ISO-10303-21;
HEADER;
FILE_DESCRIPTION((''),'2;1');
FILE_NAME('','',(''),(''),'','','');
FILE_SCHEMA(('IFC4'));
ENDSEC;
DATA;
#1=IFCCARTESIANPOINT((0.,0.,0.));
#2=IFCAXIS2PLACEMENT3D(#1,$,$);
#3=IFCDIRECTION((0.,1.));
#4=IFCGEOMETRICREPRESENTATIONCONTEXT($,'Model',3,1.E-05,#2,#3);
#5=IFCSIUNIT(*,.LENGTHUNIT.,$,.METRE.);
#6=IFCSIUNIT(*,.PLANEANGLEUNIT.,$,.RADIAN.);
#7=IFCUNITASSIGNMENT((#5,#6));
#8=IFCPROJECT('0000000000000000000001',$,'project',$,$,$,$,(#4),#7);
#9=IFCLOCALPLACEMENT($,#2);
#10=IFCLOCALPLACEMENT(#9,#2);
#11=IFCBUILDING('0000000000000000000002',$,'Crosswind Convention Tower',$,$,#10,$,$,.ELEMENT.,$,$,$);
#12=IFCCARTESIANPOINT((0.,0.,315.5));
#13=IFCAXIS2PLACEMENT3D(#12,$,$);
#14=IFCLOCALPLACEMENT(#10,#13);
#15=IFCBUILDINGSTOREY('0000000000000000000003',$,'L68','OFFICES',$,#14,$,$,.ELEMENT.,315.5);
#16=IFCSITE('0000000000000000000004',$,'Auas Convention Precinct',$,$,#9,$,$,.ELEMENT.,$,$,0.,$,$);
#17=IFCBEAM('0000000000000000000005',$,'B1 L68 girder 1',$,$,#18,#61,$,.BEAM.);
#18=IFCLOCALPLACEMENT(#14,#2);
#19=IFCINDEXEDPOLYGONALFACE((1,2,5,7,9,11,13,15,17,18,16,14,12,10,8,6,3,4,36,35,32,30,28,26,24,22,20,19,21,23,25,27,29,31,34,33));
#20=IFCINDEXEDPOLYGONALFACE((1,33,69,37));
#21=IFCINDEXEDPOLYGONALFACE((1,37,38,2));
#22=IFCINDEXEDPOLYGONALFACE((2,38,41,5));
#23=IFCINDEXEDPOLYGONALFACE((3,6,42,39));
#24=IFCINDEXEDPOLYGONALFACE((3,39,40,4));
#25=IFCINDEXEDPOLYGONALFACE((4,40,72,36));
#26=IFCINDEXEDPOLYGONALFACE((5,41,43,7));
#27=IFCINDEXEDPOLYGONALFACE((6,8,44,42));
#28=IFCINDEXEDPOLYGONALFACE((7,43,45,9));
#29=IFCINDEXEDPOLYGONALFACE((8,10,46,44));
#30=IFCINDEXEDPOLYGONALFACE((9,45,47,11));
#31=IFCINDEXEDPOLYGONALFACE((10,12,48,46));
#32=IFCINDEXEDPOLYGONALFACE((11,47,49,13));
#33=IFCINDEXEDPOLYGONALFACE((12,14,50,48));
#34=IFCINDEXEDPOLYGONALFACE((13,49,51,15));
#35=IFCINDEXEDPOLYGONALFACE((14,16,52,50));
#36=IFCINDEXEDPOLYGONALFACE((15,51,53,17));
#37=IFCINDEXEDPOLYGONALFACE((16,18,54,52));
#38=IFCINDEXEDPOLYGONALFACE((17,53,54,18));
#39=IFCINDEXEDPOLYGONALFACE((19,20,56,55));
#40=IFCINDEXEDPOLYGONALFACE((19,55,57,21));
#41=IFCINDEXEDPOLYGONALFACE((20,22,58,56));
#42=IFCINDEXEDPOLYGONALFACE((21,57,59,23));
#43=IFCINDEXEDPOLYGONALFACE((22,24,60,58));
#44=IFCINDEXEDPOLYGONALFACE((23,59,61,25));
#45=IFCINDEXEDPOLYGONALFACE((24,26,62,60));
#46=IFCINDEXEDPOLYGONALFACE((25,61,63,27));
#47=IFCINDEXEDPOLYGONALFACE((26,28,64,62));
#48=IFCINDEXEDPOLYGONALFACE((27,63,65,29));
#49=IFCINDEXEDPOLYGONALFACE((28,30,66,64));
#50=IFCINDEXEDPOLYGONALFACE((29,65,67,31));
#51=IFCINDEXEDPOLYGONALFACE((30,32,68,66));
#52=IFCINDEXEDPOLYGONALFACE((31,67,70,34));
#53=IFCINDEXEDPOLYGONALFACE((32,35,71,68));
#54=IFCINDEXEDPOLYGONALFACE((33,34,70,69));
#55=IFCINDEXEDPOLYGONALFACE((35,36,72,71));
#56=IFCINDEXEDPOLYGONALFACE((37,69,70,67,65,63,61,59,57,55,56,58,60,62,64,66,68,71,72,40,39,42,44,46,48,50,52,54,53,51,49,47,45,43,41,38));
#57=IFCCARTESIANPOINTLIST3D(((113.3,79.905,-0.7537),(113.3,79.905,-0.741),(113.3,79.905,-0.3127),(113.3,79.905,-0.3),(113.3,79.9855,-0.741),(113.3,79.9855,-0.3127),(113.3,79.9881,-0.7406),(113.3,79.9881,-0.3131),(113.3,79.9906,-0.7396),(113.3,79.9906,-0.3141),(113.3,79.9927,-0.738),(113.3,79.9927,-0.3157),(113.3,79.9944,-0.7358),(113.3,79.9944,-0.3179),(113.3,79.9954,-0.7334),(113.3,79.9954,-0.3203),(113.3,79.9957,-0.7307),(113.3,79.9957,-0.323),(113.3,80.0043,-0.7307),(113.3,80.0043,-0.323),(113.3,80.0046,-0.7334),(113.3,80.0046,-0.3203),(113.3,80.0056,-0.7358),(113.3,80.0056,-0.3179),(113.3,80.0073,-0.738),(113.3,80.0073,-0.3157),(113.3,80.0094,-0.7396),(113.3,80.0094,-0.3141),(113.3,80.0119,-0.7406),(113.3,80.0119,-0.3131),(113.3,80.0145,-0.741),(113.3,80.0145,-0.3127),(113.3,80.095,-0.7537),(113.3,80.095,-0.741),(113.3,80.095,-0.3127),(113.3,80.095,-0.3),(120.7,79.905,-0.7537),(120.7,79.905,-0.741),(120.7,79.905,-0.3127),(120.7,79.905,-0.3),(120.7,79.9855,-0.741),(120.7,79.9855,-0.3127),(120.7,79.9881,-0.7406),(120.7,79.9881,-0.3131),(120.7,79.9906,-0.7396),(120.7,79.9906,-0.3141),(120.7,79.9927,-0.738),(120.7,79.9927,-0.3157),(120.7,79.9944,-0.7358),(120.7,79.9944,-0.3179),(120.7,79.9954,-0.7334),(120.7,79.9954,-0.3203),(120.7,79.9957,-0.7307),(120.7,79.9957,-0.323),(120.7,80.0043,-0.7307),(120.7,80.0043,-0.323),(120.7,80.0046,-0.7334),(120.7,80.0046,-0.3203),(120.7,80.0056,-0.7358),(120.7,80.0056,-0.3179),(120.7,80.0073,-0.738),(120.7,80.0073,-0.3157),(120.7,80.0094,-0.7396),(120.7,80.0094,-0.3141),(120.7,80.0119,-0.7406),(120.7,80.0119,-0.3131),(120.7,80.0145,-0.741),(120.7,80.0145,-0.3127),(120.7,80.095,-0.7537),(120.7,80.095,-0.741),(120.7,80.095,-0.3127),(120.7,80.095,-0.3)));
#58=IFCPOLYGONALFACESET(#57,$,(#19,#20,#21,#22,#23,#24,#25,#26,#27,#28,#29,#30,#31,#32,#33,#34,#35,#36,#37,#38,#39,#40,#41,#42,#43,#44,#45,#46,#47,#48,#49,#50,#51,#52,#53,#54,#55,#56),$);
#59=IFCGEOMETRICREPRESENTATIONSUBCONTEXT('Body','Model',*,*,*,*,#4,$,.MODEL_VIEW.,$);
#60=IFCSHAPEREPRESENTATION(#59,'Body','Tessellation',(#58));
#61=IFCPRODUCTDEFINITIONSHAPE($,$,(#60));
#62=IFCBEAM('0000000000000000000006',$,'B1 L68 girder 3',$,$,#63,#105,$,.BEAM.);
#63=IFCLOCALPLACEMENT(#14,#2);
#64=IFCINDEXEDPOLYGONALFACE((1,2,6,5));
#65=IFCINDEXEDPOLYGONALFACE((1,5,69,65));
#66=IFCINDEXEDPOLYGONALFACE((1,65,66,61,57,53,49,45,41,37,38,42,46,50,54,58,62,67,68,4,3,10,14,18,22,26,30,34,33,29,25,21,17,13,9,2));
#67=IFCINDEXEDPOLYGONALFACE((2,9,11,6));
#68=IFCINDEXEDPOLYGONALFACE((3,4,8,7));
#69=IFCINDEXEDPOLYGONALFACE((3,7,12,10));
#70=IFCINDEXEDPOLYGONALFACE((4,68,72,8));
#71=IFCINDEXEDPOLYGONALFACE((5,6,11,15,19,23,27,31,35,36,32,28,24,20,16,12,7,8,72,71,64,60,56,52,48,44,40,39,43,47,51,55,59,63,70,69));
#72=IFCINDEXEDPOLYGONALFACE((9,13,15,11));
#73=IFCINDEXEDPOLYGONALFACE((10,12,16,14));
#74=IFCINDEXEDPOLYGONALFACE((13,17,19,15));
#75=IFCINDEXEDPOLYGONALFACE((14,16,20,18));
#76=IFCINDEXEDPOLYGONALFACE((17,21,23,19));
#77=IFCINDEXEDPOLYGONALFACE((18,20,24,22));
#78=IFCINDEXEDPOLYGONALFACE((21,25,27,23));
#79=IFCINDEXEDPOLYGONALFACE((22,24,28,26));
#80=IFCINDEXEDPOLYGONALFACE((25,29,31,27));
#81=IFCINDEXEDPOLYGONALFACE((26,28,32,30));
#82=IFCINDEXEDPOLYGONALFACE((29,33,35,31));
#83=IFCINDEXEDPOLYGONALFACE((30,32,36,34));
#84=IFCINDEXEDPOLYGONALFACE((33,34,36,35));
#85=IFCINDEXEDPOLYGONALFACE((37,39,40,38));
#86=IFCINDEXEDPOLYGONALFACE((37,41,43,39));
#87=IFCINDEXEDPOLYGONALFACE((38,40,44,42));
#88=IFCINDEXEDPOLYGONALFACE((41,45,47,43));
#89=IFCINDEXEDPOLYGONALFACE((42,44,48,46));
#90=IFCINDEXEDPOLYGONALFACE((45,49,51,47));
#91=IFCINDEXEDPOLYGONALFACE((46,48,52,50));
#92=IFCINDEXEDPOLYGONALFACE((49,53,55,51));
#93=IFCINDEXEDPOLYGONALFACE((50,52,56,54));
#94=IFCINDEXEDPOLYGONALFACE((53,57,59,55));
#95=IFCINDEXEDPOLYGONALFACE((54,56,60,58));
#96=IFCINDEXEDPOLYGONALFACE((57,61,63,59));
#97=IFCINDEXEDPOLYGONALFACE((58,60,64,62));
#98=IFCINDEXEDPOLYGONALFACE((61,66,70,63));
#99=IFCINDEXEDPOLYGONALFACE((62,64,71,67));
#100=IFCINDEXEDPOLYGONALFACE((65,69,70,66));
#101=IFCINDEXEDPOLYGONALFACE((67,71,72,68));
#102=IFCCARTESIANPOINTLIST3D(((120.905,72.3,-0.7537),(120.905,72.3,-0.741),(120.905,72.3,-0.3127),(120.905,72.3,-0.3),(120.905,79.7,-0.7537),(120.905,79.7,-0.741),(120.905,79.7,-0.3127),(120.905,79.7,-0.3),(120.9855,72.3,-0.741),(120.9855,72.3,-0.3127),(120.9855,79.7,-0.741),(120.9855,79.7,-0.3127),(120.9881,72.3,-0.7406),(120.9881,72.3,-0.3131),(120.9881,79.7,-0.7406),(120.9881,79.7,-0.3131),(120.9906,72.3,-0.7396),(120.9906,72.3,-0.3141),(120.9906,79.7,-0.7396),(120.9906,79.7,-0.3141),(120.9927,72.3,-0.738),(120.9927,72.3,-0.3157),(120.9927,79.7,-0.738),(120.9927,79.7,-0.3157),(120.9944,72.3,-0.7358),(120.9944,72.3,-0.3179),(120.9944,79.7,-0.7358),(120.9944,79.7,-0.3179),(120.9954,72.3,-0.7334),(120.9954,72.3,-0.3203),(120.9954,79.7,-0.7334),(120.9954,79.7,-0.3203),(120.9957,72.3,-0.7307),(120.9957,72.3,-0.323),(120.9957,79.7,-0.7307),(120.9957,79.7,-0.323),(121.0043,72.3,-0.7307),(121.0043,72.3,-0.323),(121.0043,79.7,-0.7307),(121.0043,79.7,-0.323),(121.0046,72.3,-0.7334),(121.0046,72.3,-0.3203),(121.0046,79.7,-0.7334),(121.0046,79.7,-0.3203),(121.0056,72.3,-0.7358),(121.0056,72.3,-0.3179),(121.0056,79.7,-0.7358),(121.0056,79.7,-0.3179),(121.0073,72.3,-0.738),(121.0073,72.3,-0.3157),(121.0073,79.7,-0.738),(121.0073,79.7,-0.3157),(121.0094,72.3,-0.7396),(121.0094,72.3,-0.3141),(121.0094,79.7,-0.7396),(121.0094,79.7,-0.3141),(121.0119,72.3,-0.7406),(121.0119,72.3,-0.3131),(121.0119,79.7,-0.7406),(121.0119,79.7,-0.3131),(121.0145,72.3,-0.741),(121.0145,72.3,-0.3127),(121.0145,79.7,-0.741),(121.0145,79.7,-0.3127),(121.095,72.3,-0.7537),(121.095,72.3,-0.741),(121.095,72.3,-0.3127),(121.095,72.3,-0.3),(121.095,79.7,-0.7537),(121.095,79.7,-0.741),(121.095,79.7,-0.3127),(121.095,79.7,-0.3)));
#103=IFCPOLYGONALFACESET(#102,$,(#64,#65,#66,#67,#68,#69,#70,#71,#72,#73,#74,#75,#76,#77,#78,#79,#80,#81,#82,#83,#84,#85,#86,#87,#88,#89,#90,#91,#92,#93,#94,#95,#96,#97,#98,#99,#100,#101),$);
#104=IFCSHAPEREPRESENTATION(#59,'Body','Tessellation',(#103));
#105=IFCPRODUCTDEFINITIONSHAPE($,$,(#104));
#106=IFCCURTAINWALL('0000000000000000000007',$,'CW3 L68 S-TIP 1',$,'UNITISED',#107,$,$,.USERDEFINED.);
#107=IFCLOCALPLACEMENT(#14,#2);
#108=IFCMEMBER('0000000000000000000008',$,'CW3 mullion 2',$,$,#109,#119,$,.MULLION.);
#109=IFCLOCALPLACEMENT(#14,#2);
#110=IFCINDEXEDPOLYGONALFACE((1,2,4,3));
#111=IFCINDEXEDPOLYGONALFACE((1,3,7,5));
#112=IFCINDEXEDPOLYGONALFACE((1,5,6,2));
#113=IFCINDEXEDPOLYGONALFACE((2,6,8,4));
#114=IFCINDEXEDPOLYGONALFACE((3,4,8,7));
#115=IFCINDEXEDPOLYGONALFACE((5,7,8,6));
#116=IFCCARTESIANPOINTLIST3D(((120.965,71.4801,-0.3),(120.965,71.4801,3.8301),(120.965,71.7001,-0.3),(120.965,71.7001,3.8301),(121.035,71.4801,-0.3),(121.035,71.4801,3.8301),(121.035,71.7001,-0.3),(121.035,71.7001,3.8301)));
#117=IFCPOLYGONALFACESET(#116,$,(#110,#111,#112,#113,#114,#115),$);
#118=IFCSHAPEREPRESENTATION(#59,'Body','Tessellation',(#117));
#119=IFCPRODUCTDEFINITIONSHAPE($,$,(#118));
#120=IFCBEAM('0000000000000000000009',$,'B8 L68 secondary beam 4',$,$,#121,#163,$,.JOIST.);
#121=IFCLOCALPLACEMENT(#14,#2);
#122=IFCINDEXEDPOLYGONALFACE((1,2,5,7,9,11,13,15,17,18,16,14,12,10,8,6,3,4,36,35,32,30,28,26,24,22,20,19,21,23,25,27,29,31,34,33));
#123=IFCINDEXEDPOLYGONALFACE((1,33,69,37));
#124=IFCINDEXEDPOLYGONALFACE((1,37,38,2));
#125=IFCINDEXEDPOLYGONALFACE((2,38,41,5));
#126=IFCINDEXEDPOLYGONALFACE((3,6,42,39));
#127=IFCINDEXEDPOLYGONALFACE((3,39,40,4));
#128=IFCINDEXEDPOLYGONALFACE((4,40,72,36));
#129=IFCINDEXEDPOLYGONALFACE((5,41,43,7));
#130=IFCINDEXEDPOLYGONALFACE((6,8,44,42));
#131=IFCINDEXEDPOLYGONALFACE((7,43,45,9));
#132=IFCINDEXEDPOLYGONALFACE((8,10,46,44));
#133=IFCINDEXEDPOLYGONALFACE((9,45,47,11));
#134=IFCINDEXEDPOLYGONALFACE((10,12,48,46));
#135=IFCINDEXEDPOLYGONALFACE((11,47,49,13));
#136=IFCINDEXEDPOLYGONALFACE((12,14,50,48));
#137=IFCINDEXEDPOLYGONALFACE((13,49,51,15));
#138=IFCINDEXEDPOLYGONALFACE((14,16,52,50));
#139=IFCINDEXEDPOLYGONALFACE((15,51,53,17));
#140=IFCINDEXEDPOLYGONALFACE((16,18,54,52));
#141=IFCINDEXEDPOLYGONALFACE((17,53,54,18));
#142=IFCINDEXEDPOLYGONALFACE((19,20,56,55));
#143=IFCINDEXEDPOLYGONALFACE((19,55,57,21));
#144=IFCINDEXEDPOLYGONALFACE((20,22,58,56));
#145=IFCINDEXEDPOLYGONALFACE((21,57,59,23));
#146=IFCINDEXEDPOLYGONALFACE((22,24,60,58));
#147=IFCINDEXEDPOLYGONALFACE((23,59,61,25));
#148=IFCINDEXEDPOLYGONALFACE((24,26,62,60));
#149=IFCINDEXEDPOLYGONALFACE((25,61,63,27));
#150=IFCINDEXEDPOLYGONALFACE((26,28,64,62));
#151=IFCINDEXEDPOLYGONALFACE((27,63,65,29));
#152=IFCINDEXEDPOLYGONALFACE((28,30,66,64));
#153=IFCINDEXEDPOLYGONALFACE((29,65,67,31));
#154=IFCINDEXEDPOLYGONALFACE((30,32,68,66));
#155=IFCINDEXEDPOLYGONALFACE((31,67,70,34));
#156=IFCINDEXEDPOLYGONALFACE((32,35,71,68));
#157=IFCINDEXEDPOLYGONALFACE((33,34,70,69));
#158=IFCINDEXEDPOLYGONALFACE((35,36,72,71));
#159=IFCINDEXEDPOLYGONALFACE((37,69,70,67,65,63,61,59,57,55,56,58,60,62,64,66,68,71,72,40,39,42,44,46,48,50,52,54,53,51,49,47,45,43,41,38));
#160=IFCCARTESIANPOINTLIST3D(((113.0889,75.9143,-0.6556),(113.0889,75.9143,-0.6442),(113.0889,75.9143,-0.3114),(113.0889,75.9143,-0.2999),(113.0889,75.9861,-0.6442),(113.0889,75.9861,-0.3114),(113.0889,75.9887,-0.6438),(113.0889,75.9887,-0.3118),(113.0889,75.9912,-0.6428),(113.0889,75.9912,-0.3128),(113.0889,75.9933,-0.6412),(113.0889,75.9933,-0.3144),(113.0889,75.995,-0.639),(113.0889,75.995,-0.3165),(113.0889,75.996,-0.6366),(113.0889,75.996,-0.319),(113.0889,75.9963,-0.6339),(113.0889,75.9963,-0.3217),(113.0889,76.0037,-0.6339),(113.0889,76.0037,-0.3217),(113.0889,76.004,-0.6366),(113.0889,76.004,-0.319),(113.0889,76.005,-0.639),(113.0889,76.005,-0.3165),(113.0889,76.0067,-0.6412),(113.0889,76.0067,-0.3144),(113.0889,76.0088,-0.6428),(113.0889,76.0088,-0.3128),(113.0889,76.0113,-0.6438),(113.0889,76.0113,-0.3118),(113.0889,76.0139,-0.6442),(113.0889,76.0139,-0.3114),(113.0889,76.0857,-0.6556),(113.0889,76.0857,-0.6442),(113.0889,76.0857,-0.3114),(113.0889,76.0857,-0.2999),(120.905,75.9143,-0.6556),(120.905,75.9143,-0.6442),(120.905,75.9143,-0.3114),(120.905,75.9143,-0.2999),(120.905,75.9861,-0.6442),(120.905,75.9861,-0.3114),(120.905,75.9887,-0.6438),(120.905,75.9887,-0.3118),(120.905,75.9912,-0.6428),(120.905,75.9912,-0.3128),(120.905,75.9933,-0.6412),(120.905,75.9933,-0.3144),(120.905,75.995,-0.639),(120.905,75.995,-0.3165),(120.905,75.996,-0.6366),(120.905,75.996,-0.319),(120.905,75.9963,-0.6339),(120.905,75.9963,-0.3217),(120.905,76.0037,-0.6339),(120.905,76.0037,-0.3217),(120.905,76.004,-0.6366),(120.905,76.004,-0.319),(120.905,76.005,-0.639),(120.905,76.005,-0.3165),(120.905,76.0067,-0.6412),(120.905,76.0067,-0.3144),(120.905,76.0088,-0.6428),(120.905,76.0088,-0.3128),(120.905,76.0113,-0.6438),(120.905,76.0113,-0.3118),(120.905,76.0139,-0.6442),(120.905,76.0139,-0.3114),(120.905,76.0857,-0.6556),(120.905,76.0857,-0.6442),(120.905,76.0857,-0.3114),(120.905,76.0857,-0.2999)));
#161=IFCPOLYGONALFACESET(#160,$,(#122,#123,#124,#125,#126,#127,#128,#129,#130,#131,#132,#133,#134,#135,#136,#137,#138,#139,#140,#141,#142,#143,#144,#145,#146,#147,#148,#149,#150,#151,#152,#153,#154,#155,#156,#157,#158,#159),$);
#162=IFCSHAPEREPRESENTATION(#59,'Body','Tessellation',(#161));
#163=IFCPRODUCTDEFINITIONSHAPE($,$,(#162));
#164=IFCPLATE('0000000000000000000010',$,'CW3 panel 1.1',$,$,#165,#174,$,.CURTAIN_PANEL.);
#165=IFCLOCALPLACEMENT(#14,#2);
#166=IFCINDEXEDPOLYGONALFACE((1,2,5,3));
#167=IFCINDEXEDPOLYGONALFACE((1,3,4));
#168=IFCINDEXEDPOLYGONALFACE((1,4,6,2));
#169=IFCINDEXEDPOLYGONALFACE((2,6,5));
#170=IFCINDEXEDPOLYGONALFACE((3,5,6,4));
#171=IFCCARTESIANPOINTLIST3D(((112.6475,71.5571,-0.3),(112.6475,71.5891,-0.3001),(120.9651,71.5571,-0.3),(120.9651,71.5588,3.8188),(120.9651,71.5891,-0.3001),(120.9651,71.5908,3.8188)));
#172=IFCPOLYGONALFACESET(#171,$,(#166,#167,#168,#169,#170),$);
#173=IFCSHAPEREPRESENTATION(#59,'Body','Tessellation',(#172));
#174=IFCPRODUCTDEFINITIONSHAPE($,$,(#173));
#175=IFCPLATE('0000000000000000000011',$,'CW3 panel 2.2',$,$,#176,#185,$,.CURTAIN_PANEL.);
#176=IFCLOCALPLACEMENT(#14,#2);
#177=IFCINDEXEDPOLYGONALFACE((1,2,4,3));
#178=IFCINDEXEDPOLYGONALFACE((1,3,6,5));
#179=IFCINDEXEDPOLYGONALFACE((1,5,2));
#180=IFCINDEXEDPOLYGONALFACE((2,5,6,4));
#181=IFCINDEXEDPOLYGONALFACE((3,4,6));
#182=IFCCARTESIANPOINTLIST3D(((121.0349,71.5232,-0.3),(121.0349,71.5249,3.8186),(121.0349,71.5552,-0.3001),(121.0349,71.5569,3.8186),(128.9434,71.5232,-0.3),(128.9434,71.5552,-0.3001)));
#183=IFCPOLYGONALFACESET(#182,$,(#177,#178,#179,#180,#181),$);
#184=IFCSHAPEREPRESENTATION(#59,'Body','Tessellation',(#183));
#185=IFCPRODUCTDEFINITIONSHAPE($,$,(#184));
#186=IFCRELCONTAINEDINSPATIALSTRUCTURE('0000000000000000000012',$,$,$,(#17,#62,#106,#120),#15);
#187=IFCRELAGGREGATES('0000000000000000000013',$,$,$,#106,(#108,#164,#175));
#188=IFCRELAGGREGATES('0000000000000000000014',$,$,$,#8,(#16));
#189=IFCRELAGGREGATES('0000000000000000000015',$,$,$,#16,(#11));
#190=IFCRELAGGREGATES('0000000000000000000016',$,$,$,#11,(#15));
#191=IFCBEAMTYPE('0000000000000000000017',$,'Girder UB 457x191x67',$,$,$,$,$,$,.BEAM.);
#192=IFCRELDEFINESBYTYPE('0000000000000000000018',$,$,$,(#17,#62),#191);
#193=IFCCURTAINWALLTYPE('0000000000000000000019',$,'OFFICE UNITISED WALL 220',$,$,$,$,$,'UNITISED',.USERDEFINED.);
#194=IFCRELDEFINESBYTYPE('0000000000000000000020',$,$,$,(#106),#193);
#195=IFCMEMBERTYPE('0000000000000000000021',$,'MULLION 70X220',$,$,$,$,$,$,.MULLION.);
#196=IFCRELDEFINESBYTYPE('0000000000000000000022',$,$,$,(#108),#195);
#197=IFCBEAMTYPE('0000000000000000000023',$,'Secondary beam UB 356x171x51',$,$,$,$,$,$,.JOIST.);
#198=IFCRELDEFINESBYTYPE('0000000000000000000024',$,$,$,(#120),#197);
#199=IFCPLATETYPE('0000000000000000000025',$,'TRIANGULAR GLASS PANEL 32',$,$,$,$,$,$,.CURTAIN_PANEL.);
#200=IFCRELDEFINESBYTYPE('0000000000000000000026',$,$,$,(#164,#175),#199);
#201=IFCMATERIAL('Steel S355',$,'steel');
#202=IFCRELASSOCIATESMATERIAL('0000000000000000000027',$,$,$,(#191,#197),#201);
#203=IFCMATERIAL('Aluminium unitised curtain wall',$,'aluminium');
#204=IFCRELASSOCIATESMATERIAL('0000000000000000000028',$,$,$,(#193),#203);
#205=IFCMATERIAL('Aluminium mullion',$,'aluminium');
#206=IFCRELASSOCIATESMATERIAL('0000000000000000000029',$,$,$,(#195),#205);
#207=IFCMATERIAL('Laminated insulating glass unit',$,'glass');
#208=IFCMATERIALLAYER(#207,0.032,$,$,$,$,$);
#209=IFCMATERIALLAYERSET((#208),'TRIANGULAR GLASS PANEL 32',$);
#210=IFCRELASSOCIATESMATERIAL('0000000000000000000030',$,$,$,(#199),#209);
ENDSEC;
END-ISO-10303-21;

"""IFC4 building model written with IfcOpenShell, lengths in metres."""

from ifc_helpers import new_model, si_unit, direction, frame, origin, origin_2d, place, context, subcontext, project, spatial, polyline, rectangle, i_section, outline, extrude, material, layer, layer_set, material_profile, profile_set, type_object, element, aggregate, save


model = new_model("IFC4")

# Units and contexts
model_context = context("Model", 3, precision=1e-05, world=origin(), true_north=direction((0.0, 1.0)))
body_context = subcontext(model_context, "Body", "Model", "MODEL_VIEW")
ifc_project = project(units=[si_unit("LENGTHUNIT", "METRE"), si_unit("PLANEANGLEUNIT", "RADIAN")], contexts=[model_context])

# Site, building, storey
site_placement = place(None, origin())
site = spatial("IfcSite", under=ifc_project, at=site_placement, Name="Auas Convention Precinct", CompositionType="ELEMENT", RefElevation=0.0)
building_placement = place(site_placement, origin())
building = spatial("IfcBuilding", under=site, at=building_placement, Name="Crosswind Convention Tower", CompositionType="ELEMENT")
storey_placement = place(building_placement, frame((0.0, 0.0, 315.5)))
storey = spatial("IfcBuildingStorey", under=building, at=storey_placement, Name="L68", Description="OFFICES", CompositionType="ELEMENT", Elevation=315.5)

# Beams
ifc_material_1 = material(Name="Steel S355", Category="steel")
ifc_material_profile_1 = material_profile(ifc_material_1, i_section(OverallWidth=0.1899, OverallDepth=0.4536, WebThickness=0.0085, FlangeThickness=0.0127, FilletRadius=0.0103, at=origin_2d()), Name="UB 457x191x67")
ifc_profile_set_1 = profile_set([ifc_material_profile_1], Name="Steel S355")
beam_type_1 = type_object("IfcBeamType", Name="Girder UB 457x191x67", PredefinedType="BEAM", material=ifc_profile_set_1)
for number, where, z_axis, x_axis, name in (
    (1, (113.3, 80.0, -0.5269), (1.0, 0.0, 0.0), (0.0, 1.0, 0.0), "B1 L68 girder 1"),
    (2, (121.0, 72.3, -0.5269), (0.0, 1.0, 0.0), (-1.0, 0.0, 0.0), "B1 L68 girder 3"),
):
    element("IfcBeam", number, at=place(storey_placement, frame(where, z_axis=z_axis, x_axis=x_axis)), inside=storey, type_object=beam_type_1, Name=name, PredefinedType="BEAM", context=body_context, shape_type="SweptSolid", body=[
        extrude(i_section(OverallWidth=0.1899, OverallDepth=0.4536, WebThickness=0.0085, FlangeThickness=0.0127, FilletRadius=0.0103, at=origin_2d()), origin(), (0.0, 0.0, 1.0), 7.3999),
    ])

# Curtain wall, member
ifc_material_2 = material(Name="Aluminium unitised curtain wall", Category="aluminium")
curtain_wall_type = type_object("IfcCurtainWallType", Name="OFFICE UNITISED WALL 220", ElementType="UNITISED", PredefinedType="USERDEFINED", material=ifc_material_2)
curtain_wall_placement = place(storey_placement, origin())
curtain_wall = element("IfcCurtainWall", 3, at=curtain_wall_placement, inside=storey, type_object=curtain_wall_type, Name="CW3 L68 S-TIP 1", ObjectType="UNITISED", PredefinedType="USERDEFINED")
ifc_material_3 = material(Name="Aluminium mullion", Category="aluminium")
ifc_material_profile_2 = material_profile(ifc_material_3, rectangle(XDim=0.22, YDim=0.0701, at=origin_2d()), Name="AL 220X70")
ifc_profile_set_2 = profile_set([ifc_material_profile_2], Name="Aluminium mullion")
member_type = type_object("IfcMemberType", Name="MULLION 70X220", PredefinedType="MULLION", material=ifc_profile_set_2)
member_placement = place(storey_placement, frame((121.0, 71.5901, -0.3), z_axis=(0.0, 0.0, 1.0), x_axis=(0.0, -1.0, 0.0)))
member = element("IfcMember", 4, at=member_placement, type_object=member_type, Name="CW3 mullion 2", PredefinedType="MULLION", context=body_context, shape_type="SweptSolid", body=[
    extrude(rectangle(XDim=0.22, YDim=0.0701, at=origin_2d()), origin(), (0.0, 0.0, 1.0), 4.1301),
])

# Beam
ifc_material_profile_3 = material_profile(ifc_material_1, i_section(OverallWidth=0.1714, OverallDepth=0.3557, WebThickness=0.0073, FlangeThickness=0.0115, FilletRadius=0.0103, at=origin_2d()), Name="UB 356x171x51")
ifc_profile_set_3 = profile_set([ifc_material_profile_3], Name="Steel S355")
beam_type_2 = type_object("IfcBeamType", Name="Secondary beam UB 356x171x51", PredefinedType="JOIST", material=ifc_profile_set_3)
beam_1_placement = place(storey_placement, frame((113.0889, 76.0, -0.4778), z_axis=(1.0, 0.0, 0.0), x_axis=(0.0, 1.0, 0.0)))
element("IfcBeam", 5, at=beam_1_placement, inside=storey, type_object=beam_type_2, Name="B8 L68 secondary beam 4", PredefinedType="JOIST", context=body_context, shape_type="SweptSolid", body=[
    extrude(i_section(OverallWidth=0.1714, OverallDepth=0.3557, WebThickness=0.0073, FlangeThickness=0.0115, FilletRadius=0.0103, at=origin_2d()), origin(), (0.0, 0.0, 1.0), 7.8162),
])

# Plates
ifc_material_4 = material(Name="Laminated insulating glass unit", Category="glass")
ifc_layer_1 = layer(ifc_material_4, 0.032)
ifc_layer_set_1 = layer_set([ifc_layer_1], Name="TRIANGULAR GLASS PANEL 32")
plate_type = type_object("IfcPlateType", Name="TRIANGULAR GLASS PANEL 32", PredefinedType="CURTAIN_PANEL", material=ifc_layer_set_1)
plate_1_placement = place(storey_placement, frame((120.9651, 71.5571, -0.3), z_axis=(0.0, -1.0, 0.000415), x_axis=(0.0, 0.000415, 1.0)))
plate_1 = element("IfcPlate", 6, at=plate_1_placement, type_object=plate_type, Name="CW3 panel 1.1", PredefinedType="CURTAIN_PANEL", context=body_context, shape_type="SweptSolid", body=[
    extrude(outline(polyline([(0.0, 0.0), (4.1189, 0.0), (0.0, 8.3176), (0.0, 0.0)])), origin(), (0.0, 0.0, -1.0), 0.032),
])
plate_2_placement = place(storey_placement, frame((121.0349, 71.5232, -0.3), z_axis=(0.0, -1.0, 0.000415), x_axis=(1.0, 0.0, 0.0)))
plate_2 = element("IfcPlate", 7, at=plate_2_placement, type_object=plate_type, Name="CW3 panel 2.2", PredefinedType="CURTAIN_PANEL", context=body_context, shape_type="SweptSolid", body=[
    extrude(outline(polyline([(0.0, 0.0), (7.9084, 0.0), (0.0, 4.1187), (0.0, 0.0)])), origin(), (0.0, 0.0, -1.0), 0.032),
])
aggregate(curtain_wall, [member, plate_1, plate_2])

save(model, "model.ifc")
